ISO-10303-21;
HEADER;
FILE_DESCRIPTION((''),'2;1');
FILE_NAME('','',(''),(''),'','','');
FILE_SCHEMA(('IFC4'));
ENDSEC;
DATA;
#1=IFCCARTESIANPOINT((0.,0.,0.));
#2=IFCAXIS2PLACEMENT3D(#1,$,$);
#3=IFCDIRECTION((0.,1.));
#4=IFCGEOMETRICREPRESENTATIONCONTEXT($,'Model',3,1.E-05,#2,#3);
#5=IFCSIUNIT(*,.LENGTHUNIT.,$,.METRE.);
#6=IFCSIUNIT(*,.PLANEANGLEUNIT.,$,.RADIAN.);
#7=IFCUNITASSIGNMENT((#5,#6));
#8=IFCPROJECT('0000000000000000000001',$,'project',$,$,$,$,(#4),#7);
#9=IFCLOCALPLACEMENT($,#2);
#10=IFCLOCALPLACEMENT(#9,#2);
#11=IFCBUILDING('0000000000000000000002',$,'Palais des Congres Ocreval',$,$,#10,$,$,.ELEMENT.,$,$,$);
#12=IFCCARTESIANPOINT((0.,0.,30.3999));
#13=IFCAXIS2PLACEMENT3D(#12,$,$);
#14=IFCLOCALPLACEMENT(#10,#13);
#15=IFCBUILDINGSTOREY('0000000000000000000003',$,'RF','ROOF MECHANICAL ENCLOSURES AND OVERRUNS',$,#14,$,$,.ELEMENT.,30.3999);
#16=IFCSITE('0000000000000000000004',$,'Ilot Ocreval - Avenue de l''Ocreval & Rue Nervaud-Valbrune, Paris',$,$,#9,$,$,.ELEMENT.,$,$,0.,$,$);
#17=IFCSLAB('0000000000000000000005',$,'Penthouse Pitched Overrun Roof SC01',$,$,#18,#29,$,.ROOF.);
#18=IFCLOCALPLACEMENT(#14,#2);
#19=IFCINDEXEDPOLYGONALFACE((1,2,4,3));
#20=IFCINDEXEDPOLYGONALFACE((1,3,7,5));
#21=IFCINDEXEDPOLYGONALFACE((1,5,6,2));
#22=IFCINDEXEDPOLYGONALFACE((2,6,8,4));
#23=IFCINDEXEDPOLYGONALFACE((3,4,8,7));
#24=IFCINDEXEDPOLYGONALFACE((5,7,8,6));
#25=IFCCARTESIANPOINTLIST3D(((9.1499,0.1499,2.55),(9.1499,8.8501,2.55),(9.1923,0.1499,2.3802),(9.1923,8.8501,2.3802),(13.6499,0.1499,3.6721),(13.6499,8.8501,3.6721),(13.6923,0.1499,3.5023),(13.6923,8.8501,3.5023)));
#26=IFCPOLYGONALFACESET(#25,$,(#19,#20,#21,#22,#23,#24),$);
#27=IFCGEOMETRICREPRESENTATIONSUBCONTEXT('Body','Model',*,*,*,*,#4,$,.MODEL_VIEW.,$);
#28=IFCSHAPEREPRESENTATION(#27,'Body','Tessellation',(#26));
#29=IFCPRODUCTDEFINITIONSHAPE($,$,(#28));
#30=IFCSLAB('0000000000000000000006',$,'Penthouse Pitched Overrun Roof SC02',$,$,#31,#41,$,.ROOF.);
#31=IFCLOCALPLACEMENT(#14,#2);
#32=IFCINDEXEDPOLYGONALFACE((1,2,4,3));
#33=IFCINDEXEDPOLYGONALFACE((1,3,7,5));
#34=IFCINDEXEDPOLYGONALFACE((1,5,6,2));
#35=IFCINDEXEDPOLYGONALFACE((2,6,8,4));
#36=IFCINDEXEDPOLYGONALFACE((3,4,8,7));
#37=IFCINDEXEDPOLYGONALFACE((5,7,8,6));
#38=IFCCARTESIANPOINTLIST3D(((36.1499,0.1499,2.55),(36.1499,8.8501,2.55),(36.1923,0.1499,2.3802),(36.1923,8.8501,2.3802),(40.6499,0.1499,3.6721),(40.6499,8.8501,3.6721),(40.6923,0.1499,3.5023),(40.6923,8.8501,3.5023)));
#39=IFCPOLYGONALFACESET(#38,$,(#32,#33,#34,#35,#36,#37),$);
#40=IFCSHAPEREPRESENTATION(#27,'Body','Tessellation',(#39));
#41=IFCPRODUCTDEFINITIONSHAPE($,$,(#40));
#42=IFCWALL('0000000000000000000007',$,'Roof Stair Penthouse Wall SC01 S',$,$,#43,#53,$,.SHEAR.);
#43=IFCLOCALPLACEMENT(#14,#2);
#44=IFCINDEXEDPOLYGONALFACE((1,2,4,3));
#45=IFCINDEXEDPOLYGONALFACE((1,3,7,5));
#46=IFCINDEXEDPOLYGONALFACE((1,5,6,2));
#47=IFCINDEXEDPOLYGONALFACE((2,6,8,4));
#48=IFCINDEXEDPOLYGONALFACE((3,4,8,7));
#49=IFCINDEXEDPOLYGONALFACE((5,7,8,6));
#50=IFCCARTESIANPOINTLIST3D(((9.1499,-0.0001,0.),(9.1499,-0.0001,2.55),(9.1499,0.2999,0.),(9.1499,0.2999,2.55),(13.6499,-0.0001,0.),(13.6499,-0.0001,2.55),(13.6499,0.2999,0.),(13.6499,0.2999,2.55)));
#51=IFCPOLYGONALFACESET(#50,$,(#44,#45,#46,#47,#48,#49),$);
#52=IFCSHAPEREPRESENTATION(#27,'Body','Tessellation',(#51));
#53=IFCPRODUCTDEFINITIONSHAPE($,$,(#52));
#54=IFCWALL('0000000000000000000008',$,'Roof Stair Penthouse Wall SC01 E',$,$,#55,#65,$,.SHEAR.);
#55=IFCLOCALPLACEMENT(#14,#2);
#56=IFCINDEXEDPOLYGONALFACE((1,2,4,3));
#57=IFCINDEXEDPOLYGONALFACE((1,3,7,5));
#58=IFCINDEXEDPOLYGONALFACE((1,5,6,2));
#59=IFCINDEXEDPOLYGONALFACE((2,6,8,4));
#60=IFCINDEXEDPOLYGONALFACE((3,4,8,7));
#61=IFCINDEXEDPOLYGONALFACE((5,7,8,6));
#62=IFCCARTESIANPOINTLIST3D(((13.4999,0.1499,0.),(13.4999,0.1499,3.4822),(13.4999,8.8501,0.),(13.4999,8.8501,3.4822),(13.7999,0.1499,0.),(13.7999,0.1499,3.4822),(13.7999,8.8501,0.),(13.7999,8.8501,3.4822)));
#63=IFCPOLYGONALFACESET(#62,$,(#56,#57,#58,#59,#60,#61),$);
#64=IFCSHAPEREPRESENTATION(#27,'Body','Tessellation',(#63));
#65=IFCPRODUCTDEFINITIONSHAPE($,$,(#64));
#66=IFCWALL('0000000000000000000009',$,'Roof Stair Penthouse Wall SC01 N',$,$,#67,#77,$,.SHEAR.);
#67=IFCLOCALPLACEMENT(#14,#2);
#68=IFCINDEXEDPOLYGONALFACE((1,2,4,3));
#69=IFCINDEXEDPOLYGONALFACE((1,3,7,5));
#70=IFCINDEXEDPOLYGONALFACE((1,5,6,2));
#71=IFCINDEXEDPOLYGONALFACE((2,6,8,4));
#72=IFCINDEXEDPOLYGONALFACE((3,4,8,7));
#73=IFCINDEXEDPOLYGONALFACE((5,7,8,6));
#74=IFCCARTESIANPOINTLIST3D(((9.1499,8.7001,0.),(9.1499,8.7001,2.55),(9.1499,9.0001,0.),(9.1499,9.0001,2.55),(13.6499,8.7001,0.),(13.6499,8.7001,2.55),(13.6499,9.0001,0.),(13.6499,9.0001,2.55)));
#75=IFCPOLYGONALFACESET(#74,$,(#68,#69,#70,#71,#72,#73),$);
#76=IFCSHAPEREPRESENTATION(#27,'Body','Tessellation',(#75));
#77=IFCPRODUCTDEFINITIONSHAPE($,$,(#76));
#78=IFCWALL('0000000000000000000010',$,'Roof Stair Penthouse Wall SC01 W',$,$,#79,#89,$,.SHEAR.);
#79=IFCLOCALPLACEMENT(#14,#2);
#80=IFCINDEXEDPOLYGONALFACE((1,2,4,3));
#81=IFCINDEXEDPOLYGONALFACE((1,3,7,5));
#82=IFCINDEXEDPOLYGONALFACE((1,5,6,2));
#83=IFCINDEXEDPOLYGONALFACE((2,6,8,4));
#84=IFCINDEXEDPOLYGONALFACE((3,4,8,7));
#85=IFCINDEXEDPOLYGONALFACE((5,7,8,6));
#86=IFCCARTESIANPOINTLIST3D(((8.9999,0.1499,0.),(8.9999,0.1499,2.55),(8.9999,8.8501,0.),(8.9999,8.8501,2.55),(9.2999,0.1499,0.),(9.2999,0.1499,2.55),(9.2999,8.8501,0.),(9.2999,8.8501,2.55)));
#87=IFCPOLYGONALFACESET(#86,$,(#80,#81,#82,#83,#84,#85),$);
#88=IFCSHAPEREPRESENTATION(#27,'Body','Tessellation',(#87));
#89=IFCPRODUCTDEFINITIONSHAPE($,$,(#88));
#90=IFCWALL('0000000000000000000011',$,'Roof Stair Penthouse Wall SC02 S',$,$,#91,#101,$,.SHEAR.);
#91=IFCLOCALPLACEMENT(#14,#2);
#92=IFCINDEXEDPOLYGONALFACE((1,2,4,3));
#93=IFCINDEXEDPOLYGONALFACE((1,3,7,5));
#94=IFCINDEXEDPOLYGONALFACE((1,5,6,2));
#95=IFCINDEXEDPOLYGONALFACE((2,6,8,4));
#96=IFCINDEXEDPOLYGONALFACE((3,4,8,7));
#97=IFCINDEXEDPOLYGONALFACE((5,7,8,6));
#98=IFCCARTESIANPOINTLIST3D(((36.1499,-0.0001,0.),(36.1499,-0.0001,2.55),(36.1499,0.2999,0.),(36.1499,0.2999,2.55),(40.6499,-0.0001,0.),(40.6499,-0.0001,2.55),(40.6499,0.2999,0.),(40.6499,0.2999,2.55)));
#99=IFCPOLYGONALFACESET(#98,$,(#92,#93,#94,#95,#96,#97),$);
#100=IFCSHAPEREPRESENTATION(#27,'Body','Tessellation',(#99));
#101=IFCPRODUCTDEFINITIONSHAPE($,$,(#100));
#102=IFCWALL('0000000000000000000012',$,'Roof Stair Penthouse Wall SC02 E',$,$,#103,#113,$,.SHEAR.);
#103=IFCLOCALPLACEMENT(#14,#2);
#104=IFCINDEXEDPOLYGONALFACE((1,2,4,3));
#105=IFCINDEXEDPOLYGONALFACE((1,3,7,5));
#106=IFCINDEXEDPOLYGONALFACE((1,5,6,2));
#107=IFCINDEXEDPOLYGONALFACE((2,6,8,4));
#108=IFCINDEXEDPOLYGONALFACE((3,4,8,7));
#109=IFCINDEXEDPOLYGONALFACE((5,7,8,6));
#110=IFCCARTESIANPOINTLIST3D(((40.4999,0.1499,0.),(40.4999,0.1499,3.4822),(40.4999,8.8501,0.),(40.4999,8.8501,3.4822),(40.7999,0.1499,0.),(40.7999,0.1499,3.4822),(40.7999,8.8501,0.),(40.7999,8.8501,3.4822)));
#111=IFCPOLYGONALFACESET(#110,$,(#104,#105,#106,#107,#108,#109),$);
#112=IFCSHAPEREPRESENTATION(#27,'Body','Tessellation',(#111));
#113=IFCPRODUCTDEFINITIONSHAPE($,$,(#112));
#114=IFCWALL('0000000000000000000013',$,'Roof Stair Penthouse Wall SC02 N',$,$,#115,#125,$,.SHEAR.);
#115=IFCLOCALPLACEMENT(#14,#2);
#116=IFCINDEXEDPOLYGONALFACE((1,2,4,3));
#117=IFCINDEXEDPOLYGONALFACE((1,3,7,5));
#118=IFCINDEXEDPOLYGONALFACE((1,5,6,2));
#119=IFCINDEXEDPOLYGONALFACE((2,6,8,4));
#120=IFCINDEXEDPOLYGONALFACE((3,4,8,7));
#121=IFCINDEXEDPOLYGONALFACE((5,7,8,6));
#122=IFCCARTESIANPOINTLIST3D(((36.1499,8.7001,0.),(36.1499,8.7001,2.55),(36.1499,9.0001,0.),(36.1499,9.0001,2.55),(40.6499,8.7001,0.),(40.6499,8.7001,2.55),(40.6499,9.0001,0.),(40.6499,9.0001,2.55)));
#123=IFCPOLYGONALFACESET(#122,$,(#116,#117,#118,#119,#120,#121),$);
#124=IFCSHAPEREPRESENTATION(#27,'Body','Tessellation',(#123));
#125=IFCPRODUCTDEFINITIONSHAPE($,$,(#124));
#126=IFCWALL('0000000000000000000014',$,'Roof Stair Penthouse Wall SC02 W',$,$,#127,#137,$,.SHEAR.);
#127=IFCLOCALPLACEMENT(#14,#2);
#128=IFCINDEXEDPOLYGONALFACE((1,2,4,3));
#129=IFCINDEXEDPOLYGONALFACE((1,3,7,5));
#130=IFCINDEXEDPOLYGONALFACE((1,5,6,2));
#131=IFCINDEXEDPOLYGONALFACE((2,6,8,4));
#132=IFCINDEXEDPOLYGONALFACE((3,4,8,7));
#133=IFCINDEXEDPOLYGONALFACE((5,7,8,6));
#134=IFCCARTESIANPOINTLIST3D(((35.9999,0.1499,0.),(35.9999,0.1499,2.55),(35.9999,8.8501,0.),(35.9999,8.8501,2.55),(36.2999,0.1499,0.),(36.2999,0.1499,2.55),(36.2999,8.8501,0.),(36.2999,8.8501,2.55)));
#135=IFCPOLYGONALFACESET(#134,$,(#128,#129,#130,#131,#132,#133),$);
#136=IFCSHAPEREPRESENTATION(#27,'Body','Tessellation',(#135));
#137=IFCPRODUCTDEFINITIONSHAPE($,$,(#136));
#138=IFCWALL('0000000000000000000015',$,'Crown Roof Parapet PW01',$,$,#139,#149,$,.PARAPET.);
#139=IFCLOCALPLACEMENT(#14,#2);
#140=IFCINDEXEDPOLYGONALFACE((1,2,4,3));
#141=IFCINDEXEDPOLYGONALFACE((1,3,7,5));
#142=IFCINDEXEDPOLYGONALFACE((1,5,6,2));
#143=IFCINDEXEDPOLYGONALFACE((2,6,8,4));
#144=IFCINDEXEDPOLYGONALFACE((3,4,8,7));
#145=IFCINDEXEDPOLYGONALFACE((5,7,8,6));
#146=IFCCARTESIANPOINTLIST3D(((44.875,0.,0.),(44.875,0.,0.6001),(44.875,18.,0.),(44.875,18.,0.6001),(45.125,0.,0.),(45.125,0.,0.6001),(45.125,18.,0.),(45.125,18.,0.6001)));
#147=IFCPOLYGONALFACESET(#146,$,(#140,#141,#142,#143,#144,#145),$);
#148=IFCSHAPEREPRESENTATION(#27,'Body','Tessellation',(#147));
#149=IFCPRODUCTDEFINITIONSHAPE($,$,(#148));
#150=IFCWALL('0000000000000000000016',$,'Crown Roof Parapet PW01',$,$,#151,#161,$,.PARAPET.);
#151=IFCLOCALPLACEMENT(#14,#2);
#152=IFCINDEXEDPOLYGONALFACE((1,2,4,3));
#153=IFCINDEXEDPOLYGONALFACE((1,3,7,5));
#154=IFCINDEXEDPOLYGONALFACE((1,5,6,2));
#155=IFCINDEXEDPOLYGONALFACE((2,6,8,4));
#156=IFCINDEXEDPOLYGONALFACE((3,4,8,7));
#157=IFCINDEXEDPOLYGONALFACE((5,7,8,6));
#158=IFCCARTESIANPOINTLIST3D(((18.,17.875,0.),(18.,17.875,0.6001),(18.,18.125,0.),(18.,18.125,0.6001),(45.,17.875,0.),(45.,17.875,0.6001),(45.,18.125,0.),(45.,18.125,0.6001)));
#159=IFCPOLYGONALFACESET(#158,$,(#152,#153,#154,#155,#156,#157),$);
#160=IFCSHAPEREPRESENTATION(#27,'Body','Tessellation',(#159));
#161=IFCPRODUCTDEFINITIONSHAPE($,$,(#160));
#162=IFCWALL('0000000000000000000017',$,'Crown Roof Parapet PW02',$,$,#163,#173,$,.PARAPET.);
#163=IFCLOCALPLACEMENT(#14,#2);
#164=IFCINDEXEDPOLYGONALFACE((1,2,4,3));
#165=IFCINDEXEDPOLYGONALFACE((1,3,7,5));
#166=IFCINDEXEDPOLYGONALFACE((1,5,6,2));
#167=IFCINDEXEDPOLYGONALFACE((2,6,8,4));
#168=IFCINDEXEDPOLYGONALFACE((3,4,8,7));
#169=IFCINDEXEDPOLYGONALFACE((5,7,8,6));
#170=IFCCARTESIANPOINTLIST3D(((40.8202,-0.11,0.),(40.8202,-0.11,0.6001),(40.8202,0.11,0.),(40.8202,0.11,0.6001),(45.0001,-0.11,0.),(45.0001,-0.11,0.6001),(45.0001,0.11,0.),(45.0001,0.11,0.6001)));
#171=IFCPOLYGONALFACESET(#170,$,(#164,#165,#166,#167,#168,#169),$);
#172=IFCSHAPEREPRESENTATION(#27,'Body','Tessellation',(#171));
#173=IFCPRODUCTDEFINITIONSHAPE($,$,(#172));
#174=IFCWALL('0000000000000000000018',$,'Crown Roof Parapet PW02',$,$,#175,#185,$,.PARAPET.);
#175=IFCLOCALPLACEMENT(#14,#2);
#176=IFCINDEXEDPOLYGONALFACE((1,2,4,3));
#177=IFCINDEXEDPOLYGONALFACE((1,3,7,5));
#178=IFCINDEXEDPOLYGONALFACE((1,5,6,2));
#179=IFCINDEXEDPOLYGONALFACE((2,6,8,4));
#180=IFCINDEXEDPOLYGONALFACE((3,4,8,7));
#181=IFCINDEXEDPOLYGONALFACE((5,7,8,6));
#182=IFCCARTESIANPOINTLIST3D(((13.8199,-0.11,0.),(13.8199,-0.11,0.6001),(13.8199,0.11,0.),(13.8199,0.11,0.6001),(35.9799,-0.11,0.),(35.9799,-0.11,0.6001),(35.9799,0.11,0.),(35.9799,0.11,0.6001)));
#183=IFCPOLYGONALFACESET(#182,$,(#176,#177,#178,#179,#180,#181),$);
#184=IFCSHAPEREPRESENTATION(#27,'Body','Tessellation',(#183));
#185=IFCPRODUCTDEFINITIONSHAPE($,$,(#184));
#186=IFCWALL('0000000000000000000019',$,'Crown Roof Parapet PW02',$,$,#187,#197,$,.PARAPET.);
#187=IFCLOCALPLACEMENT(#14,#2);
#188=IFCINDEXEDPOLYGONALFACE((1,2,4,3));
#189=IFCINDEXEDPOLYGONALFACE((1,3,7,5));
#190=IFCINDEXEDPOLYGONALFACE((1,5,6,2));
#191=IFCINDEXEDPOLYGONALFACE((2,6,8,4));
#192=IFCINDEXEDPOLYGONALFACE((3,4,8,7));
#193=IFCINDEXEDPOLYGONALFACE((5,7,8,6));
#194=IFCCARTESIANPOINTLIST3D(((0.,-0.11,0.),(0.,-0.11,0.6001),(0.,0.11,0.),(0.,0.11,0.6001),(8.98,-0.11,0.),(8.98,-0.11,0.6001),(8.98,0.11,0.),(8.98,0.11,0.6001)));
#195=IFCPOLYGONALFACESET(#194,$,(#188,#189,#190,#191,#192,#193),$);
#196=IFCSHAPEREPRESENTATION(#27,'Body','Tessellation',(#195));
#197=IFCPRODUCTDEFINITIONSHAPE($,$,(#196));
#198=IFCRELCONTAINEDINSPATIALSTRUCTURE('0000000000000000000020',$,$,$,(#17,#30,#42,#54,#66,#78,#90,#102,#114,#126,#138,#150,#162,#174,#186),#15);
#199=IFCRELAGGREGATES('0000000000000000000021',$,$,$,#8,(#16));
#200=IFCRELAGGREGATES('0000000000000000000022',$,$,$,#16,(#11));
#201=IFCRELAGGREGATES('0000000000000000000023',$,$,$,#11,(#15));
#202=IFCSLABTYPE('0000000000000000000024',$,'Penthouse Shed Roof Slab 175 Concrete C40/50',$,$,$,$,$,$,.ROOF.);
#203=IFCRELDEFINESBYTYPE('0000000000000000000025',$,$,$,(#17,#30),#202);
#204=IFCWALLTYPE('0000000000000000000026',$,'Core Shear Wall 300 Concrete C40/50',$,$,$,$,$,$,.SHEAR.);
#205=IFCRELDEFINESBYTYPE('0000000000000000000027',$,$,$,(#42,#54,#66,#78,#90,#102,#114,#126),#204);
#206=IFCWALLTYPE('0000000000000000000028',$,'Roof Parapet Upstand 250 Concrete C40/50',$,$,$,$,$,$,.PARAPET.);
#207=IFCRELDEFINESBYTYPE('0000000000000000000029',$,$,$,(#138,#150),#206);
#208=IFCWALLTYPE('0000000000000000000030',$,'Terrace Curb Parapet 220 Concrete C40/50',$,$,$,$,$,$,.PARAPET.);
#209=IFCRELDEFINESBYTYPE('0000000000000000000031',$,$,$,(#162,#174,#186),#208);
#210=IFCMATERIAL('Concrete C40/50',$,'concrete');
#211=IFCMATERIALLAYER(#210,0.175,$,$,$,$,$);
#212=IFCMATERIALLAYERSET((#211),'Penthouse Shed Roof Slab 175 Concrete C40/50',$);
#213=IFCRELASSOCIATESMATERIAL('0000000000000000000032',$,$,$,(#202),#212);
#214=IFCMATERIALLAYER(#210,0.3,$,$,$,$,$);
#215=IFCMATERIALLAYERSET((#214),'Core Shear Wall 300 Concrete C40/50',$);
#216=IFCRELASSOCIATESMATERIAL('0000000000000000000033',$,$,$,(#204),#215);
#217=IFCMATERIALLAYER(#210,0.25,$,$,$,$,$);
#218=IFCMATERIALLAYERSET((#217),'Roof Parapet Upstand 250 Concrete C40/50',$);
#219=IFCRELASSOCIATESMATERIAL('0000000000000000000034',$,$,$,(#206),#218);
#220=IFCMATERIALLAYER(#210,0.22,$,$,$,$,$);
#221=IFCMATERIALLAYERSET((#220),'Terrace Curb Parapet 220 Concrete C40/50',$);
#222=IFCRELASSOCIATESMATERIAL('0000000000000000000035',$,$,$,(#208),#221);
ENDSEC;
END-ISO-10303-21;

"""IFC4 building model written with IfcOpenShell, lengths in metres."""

from ifc_helpers import new_model, si_unit, direction, frame, frame_2d, origin, place, context, subcontext, project, spatial, polyline, rectangle, outline, extrude, material, layer, layer_set, type_object, element, save


model = new_model("IFC4")

# Units and contexts
model_context = context("Model", 3, precision=1e-05, world=origin(), true_north=direction((0.0, 1.0)))
body_context = subcontext(model_context, "Body", "Model", "MODEL_VIEW")
ifc_project = project(units=[si_unit("LENGTHUNIT", "METRE"), si_unit("PLANEANGLEUNIT", "RADIAN")], contexts=[model_context])

# Site, building, storey
site_placement = place(None, origin())
site = spatial("IfcSite", under=ifc_project, at=site_placement, Name="Ilot Ocreval - Avenue de l'Ocreval & Rue Nervaud-Valbrune, Paris", CompositionType="ELEMENT", RefElevation=0.0)
building_placement = place(site_placement, origin())
building = spatial("IfcBuilding", under=site, at=building_placement, Name="Palais des Congres Ocreval", CompositionType="ELEMENT")
storey_placement = place(building_placement, frame((0.0, 0.0, 30.3999)))
storey = spatial("IfcBuildingStorey", under=building, at=storey_placement, Name="RF", Description="ROOF MECHANICAL ENCLOSURES AND OVERRUNS", CompositionType="ELEMENT", Elevation=30.3999)

# Slabs
ifc_material_1 = material(Name="Concrete C40/50", Category="concrete")
ifc_layer_1 = layer(ifc_material_1, 0.175)
ifc_layer_set_1 = layer_set([ifc_layer_1], Name="Penthouse Shed Roof Slab 175 Concrete C40/50")
slab_type = type_object("IfcSlabType", Name="Penthouse Shed Roof Slab 175 Concrete C40/50", PredefinedType="ROOF", material=ifc_layer_set_1)
for number, where, z_axis, x_axis, name in (
    (1, (9.1499, 0.1499, 2.55), (-0.241941, 0.0, 0.970291), (0.970291, 0.0, 0.241941), "Penthouse Pitched Overrun Roof SC01"),
    (2, (36.1499, 0.1499, 2.55), (-0.241941, 0.0, 0.970291), (0.970291, 0.0, 0.241941), "Penthouse Pitched Overrun Roof SC02"),
):
    element("IfcSlab", number, at=place(storey_placement, frame(where, z_axis=z_axis, x_axis=x_axis)), inside=storey, type_object=slab_type, Name=name, PredefinedType="ROOF", context=body_context, shape_type="SweptSolid", body=[
        extrude(outline(polyline([(0.0, 0.0), (4.6378, 0.0), (4.6378, 8.7002), (0.0, 8.7002), (0.0, 0.0)])), origin(), (0.0, 0.0, -1.0), 0.175),
    ])

# Walls
ifc_layer_2 = layer(ifc_material_1, 0.3)
ifc_layer_set_2 = layer_set([ifc_layer_2], Name="Core Shear Wall 300 Concrete C40/50")
wall_type_1 = type_object("IfcWallType", Name="Core Shear Wall 300 Concrete C40/50", PredefinedType="SHEAR", material=ifc_layer_set_2)
wall_1_placement = place(storey_placement, frame((9.1499, 0.1499, 0.0), z_axis=(0.0, 0.0, 1.0), x_axis=(1.0, 0.0, 0.0)))
element("IfcWall", 3, at=wall_1_placement, inside=storey, type_object=wall_type_1, Name="Roof Stair Penthouse Wall SC01 S", PredefinedType="SHEAR", context=body_context, shape_type="SweptSolid", body=[
    extrude(rectangle(XDim=4.5, YDim=0.3, at=frame_2d((2.25, 0.0))), origin(), (0.0, 0.0, 1.0), 2.55),
])
wall_2_placement = place(storey_placement, frame((13.6499, 0.1499, 0.0), z_axis=(0.0, 0.0, 1.0), x_axis=(0.0, 1.0, 0.0)))
element("IfcWall", 4, at=wall_2_placement, inside=storey, type_object=wall_type_1, Name="Roof Stair Penthouse Wall SC01 E", PredefinedType="SHEAR", context=body_context, shape_type="SweptSolid", body=[
    extrude(rectangle(XDim=8.7002, YDim=0.3, at=frame_2d((4.3501, 0.0))), origin(), (0.0, 0.0, 1.0), 3.4822),
])
wall_3_placement = place(storey_placement, frame((13.6499, 8.8501, 0.0), z_axis=(0.0, 0.0, 1.0), x_axis=(-1.0, 0.0, 0.0)))
element("IfcWall", 5, at=wall_3_placement, inside=storey, type_object=wall_type_1, Name="Roof Stair Penthouse Wall SC01 N", PredefinedType="SHEAR", context=body_context, shape_type="SweptSolid", body=[
    extrude(rectangle(XDim=4.5, YDim=0.3, at=frame_2d((2.25, 0.0))), origin(), (0.0, 0.0, 1.0), 2.55),
])
wall_4_placement = place(storey_placement, frame((9.1499, 8.8501, 0.0), z_axis=(0.0, 0.0, 1.0), x_axis=(0.0, -1.0, 0.0)))
element("IfcWall", 6, at=wall_4_placement, inside=storey, type_object=wall_type_1, Name="Roof Stair Penthouse Wall SC01 W", PredefinedType="SHEAR", context=body_context, shape_type="SweptSolid", body=[
    extrude(rectangle(XDim=8.7002, YDim=0.3, at=frame_2d((4.3501, 0.0))), origin(), (0.0, 0.0, 1.0), 2.55),
])
wall_5_placement = place(storey_placement, frame((36.1499, 0.1499, 0.0), z_axis=(0.0, 0.0, 1.0), x_axis=(1.0, 0.0, 0.0)))
element("IfcWall", 7, at=wall_5_placement, inside=storey, type_object=wall_type_1, Name="Roof Stair Penthouse Wall SC02 S", PredefinedType="SHEAR", context=body_context, shape_type="SweptSolid", body=[
    extrude(rectangle(XDim=4.5, YDim=0.3, at=frame_2d((2.25, 0.0))), origin(), (0.0, 0.0, 1.0), 2.55),
])
wall_6_placement = place(storey_placement, frame((40.6499, 0.1499, 0.0), z_axis=(0.0, 0.0, 1.0), x_axis=(0.0, 1.0, 0.0)))
element("IfcWall", 8, at=wall_6_placement, inside=storey, type_object=wall_type_1, Name="Roof Stair Penthouse Wall SC02 E", PredefinedType="SHEAR", context=body_context, shape_type="SweptSolid", body=[
    extrude(rectangle(XDim=8.7002, YDim=0.3, at=frame_2d((4.3501, 0.0))), origin(), (0.0, 0.0, 1.0), 3.4822),
])
wall_7_placement = place(storey_placement, frame((40.6499, 8.8501, 0.0), z_axis=(0.0, 0.0, 1.0), x_axis=(-1.0, 0.0, 0.0)))
element("IfcWall", 9, at=wall_7_placement, inside=storey, type_object=wall_type_1, Name="Roof Stair Penthouse Wall SC02 N", PredefinedType="SHEAR", context=body_context, shape_type="SweptSolid", body=[
    extrude(rectangle(XDim=4.5, YDim=0.3, at=frame_2d((2.25, 0.0))), origin(), (0.0, 0.0, 1.0), 2.55),
])
wall_8_placement = place(storey_placement, frame((36.1499, 8.8501, 0.0), z_axis=(0.0, 0.0, 1.0), x_axis=(0.0, -1.0, 0.0)))
element("IfcWall", 10, at=wall_8_placement, inside=storey, type_object=wall_type_1, Name="Roof Stair Penthouse Wall SC02 W", PredefinedType="SHEAR", context=body_context, shape_type="SweptSolid", body=[
    extrude(rectangle(XDim=8.7002, YDim=0.3, at=frame_2d((4.3501, 0.0))), origin(), (0.0, 0.0, 1.0), 2.55),
])
ifc_layer_3 = layer(ifc_material_1, 0.25)
ifc_layer_set_3 = layer_set([ifc_layer_3], Name="Roof Parapet Upstand 250 Concrete C40/50")
wall_type_2 = type_object("IfcWallType", Name="Roof Parapet Upstand 250 Concrete C40/50", PredefinedType="PARAPET", material=ifc_layer_set_3)
wall_9_placement = place(storey_placement, frame((45.0, 18.0, 0.0), z_axis=(0.0, 0.0, 1.0), x_axis=(0.0, -1.0, 0.0)))
element("IfcWall", 11, at=wall_9_placement, inside=storey, type_object=wall_type_2, Name="Crown Roof Parapet PW01", PredefinedType="PARAPET", context=body_context, shape_type="SweptSolid", body=[
    extrude(rectangle(XDim=18.0, YDim=0.25, at=frame_2d((9.0, 0.0))), origin(), (0.0, 0.0, 1.0), 0.6001),
])
wall_10_placement = place(storey_placement, frame((18.0, 18.0, 0.0), z_axis=(0.0, 0.0, 1.0), x_axis=(1.0, 0.0, 0.0)))
element("IfcWall", 12, at=wall_10_placement, inside=storey, type_object=wall_type_2, Name="Crown Roof Parapet PW01", PredefinedType="PARAPET", context=body_context, shape_type="SweptSolid", body=[
    extrude(rectangle(XDim=27.0, YDim=0.25, at=frame_2d((13.5, 0.0))), origin(), (0.0, 0.0, 1.0), 0.6001),
])
ifc_layer_4 = layer(ifc_material_1, 0.22)
ifc_layer_set_4 = layer_set([ifc_layer_4], Name="Terrace Curb Parapet 220 Concrete C40/50")
wall_type_3 = type_object("IfcWallType", Name="Terrace Curb Parapet 220 Concrete C40/50", PredefinedType="PARAPET", material=ifc_layer_set_4)
wall_11_placement = place(storey_placement, frame((45.0, 0.0, 0.0), z_axis=(0.0, 0.0, 1.0), x_axis=(-1.0, 0.0, 0.0)))
element("IfcWall", 13, at=wall_11_placement, inside=storey, type_object=wall_type_3, Name="Crown Roof Parapet PW02", PredefinedType="PARAPET", context=body_context, shape_type="SweptSolid", body=[
    extrude(rectangle(XDim=4.1799, YDim=0.22, at=frame_2d((2.0898, 0.0))), origin(), (0.0, 0.0, 1.0), 0.6001),
])
wall_12_placement = place(storey_placement, frame((35.98, 0.0, 0.0), z_axis=(0.0, 0.0, 1.0), x_axis=(-1.0, 0.0, 0.0)))
element("IfcWall", 14, at=wall_12_placement, inside=storey, type_object=wall_type_3, Name="Crown Roof Parapet PW02", PredefinedType="PARAPET", context=body_context, shape_type="SweptSolid", body=[
    extrude(rectangle(XDim=22.1599, YDim=0.22, at=frame_2d((11.0801, 0.0))), origin(), (0.0, 0.0, 1.0), 0.6001),
])
wall_13_placement = place(storey_placement, frame((8.98, 0.0, 0.0), z_axis=(0.0, 0.0, 1.0), x_axis=(-1.0, 0.0, 0.0)))
element("IfcWall", 15, at=wall_13_placement, inside=storey, type_object=wall_type_3, Name="Crown Roof Parapet PW02", PredefinedType="PARAPET", context=body_context, shape_type="SweptSolid", body=[
    extrude(rectangle(XDim=8.98, YDim=0.22, at=frame_2d((4.49, 0.0))), origin(), (0.0, 0.0, 1.0), 0.6001),
])

save(model, "model.ifc")
